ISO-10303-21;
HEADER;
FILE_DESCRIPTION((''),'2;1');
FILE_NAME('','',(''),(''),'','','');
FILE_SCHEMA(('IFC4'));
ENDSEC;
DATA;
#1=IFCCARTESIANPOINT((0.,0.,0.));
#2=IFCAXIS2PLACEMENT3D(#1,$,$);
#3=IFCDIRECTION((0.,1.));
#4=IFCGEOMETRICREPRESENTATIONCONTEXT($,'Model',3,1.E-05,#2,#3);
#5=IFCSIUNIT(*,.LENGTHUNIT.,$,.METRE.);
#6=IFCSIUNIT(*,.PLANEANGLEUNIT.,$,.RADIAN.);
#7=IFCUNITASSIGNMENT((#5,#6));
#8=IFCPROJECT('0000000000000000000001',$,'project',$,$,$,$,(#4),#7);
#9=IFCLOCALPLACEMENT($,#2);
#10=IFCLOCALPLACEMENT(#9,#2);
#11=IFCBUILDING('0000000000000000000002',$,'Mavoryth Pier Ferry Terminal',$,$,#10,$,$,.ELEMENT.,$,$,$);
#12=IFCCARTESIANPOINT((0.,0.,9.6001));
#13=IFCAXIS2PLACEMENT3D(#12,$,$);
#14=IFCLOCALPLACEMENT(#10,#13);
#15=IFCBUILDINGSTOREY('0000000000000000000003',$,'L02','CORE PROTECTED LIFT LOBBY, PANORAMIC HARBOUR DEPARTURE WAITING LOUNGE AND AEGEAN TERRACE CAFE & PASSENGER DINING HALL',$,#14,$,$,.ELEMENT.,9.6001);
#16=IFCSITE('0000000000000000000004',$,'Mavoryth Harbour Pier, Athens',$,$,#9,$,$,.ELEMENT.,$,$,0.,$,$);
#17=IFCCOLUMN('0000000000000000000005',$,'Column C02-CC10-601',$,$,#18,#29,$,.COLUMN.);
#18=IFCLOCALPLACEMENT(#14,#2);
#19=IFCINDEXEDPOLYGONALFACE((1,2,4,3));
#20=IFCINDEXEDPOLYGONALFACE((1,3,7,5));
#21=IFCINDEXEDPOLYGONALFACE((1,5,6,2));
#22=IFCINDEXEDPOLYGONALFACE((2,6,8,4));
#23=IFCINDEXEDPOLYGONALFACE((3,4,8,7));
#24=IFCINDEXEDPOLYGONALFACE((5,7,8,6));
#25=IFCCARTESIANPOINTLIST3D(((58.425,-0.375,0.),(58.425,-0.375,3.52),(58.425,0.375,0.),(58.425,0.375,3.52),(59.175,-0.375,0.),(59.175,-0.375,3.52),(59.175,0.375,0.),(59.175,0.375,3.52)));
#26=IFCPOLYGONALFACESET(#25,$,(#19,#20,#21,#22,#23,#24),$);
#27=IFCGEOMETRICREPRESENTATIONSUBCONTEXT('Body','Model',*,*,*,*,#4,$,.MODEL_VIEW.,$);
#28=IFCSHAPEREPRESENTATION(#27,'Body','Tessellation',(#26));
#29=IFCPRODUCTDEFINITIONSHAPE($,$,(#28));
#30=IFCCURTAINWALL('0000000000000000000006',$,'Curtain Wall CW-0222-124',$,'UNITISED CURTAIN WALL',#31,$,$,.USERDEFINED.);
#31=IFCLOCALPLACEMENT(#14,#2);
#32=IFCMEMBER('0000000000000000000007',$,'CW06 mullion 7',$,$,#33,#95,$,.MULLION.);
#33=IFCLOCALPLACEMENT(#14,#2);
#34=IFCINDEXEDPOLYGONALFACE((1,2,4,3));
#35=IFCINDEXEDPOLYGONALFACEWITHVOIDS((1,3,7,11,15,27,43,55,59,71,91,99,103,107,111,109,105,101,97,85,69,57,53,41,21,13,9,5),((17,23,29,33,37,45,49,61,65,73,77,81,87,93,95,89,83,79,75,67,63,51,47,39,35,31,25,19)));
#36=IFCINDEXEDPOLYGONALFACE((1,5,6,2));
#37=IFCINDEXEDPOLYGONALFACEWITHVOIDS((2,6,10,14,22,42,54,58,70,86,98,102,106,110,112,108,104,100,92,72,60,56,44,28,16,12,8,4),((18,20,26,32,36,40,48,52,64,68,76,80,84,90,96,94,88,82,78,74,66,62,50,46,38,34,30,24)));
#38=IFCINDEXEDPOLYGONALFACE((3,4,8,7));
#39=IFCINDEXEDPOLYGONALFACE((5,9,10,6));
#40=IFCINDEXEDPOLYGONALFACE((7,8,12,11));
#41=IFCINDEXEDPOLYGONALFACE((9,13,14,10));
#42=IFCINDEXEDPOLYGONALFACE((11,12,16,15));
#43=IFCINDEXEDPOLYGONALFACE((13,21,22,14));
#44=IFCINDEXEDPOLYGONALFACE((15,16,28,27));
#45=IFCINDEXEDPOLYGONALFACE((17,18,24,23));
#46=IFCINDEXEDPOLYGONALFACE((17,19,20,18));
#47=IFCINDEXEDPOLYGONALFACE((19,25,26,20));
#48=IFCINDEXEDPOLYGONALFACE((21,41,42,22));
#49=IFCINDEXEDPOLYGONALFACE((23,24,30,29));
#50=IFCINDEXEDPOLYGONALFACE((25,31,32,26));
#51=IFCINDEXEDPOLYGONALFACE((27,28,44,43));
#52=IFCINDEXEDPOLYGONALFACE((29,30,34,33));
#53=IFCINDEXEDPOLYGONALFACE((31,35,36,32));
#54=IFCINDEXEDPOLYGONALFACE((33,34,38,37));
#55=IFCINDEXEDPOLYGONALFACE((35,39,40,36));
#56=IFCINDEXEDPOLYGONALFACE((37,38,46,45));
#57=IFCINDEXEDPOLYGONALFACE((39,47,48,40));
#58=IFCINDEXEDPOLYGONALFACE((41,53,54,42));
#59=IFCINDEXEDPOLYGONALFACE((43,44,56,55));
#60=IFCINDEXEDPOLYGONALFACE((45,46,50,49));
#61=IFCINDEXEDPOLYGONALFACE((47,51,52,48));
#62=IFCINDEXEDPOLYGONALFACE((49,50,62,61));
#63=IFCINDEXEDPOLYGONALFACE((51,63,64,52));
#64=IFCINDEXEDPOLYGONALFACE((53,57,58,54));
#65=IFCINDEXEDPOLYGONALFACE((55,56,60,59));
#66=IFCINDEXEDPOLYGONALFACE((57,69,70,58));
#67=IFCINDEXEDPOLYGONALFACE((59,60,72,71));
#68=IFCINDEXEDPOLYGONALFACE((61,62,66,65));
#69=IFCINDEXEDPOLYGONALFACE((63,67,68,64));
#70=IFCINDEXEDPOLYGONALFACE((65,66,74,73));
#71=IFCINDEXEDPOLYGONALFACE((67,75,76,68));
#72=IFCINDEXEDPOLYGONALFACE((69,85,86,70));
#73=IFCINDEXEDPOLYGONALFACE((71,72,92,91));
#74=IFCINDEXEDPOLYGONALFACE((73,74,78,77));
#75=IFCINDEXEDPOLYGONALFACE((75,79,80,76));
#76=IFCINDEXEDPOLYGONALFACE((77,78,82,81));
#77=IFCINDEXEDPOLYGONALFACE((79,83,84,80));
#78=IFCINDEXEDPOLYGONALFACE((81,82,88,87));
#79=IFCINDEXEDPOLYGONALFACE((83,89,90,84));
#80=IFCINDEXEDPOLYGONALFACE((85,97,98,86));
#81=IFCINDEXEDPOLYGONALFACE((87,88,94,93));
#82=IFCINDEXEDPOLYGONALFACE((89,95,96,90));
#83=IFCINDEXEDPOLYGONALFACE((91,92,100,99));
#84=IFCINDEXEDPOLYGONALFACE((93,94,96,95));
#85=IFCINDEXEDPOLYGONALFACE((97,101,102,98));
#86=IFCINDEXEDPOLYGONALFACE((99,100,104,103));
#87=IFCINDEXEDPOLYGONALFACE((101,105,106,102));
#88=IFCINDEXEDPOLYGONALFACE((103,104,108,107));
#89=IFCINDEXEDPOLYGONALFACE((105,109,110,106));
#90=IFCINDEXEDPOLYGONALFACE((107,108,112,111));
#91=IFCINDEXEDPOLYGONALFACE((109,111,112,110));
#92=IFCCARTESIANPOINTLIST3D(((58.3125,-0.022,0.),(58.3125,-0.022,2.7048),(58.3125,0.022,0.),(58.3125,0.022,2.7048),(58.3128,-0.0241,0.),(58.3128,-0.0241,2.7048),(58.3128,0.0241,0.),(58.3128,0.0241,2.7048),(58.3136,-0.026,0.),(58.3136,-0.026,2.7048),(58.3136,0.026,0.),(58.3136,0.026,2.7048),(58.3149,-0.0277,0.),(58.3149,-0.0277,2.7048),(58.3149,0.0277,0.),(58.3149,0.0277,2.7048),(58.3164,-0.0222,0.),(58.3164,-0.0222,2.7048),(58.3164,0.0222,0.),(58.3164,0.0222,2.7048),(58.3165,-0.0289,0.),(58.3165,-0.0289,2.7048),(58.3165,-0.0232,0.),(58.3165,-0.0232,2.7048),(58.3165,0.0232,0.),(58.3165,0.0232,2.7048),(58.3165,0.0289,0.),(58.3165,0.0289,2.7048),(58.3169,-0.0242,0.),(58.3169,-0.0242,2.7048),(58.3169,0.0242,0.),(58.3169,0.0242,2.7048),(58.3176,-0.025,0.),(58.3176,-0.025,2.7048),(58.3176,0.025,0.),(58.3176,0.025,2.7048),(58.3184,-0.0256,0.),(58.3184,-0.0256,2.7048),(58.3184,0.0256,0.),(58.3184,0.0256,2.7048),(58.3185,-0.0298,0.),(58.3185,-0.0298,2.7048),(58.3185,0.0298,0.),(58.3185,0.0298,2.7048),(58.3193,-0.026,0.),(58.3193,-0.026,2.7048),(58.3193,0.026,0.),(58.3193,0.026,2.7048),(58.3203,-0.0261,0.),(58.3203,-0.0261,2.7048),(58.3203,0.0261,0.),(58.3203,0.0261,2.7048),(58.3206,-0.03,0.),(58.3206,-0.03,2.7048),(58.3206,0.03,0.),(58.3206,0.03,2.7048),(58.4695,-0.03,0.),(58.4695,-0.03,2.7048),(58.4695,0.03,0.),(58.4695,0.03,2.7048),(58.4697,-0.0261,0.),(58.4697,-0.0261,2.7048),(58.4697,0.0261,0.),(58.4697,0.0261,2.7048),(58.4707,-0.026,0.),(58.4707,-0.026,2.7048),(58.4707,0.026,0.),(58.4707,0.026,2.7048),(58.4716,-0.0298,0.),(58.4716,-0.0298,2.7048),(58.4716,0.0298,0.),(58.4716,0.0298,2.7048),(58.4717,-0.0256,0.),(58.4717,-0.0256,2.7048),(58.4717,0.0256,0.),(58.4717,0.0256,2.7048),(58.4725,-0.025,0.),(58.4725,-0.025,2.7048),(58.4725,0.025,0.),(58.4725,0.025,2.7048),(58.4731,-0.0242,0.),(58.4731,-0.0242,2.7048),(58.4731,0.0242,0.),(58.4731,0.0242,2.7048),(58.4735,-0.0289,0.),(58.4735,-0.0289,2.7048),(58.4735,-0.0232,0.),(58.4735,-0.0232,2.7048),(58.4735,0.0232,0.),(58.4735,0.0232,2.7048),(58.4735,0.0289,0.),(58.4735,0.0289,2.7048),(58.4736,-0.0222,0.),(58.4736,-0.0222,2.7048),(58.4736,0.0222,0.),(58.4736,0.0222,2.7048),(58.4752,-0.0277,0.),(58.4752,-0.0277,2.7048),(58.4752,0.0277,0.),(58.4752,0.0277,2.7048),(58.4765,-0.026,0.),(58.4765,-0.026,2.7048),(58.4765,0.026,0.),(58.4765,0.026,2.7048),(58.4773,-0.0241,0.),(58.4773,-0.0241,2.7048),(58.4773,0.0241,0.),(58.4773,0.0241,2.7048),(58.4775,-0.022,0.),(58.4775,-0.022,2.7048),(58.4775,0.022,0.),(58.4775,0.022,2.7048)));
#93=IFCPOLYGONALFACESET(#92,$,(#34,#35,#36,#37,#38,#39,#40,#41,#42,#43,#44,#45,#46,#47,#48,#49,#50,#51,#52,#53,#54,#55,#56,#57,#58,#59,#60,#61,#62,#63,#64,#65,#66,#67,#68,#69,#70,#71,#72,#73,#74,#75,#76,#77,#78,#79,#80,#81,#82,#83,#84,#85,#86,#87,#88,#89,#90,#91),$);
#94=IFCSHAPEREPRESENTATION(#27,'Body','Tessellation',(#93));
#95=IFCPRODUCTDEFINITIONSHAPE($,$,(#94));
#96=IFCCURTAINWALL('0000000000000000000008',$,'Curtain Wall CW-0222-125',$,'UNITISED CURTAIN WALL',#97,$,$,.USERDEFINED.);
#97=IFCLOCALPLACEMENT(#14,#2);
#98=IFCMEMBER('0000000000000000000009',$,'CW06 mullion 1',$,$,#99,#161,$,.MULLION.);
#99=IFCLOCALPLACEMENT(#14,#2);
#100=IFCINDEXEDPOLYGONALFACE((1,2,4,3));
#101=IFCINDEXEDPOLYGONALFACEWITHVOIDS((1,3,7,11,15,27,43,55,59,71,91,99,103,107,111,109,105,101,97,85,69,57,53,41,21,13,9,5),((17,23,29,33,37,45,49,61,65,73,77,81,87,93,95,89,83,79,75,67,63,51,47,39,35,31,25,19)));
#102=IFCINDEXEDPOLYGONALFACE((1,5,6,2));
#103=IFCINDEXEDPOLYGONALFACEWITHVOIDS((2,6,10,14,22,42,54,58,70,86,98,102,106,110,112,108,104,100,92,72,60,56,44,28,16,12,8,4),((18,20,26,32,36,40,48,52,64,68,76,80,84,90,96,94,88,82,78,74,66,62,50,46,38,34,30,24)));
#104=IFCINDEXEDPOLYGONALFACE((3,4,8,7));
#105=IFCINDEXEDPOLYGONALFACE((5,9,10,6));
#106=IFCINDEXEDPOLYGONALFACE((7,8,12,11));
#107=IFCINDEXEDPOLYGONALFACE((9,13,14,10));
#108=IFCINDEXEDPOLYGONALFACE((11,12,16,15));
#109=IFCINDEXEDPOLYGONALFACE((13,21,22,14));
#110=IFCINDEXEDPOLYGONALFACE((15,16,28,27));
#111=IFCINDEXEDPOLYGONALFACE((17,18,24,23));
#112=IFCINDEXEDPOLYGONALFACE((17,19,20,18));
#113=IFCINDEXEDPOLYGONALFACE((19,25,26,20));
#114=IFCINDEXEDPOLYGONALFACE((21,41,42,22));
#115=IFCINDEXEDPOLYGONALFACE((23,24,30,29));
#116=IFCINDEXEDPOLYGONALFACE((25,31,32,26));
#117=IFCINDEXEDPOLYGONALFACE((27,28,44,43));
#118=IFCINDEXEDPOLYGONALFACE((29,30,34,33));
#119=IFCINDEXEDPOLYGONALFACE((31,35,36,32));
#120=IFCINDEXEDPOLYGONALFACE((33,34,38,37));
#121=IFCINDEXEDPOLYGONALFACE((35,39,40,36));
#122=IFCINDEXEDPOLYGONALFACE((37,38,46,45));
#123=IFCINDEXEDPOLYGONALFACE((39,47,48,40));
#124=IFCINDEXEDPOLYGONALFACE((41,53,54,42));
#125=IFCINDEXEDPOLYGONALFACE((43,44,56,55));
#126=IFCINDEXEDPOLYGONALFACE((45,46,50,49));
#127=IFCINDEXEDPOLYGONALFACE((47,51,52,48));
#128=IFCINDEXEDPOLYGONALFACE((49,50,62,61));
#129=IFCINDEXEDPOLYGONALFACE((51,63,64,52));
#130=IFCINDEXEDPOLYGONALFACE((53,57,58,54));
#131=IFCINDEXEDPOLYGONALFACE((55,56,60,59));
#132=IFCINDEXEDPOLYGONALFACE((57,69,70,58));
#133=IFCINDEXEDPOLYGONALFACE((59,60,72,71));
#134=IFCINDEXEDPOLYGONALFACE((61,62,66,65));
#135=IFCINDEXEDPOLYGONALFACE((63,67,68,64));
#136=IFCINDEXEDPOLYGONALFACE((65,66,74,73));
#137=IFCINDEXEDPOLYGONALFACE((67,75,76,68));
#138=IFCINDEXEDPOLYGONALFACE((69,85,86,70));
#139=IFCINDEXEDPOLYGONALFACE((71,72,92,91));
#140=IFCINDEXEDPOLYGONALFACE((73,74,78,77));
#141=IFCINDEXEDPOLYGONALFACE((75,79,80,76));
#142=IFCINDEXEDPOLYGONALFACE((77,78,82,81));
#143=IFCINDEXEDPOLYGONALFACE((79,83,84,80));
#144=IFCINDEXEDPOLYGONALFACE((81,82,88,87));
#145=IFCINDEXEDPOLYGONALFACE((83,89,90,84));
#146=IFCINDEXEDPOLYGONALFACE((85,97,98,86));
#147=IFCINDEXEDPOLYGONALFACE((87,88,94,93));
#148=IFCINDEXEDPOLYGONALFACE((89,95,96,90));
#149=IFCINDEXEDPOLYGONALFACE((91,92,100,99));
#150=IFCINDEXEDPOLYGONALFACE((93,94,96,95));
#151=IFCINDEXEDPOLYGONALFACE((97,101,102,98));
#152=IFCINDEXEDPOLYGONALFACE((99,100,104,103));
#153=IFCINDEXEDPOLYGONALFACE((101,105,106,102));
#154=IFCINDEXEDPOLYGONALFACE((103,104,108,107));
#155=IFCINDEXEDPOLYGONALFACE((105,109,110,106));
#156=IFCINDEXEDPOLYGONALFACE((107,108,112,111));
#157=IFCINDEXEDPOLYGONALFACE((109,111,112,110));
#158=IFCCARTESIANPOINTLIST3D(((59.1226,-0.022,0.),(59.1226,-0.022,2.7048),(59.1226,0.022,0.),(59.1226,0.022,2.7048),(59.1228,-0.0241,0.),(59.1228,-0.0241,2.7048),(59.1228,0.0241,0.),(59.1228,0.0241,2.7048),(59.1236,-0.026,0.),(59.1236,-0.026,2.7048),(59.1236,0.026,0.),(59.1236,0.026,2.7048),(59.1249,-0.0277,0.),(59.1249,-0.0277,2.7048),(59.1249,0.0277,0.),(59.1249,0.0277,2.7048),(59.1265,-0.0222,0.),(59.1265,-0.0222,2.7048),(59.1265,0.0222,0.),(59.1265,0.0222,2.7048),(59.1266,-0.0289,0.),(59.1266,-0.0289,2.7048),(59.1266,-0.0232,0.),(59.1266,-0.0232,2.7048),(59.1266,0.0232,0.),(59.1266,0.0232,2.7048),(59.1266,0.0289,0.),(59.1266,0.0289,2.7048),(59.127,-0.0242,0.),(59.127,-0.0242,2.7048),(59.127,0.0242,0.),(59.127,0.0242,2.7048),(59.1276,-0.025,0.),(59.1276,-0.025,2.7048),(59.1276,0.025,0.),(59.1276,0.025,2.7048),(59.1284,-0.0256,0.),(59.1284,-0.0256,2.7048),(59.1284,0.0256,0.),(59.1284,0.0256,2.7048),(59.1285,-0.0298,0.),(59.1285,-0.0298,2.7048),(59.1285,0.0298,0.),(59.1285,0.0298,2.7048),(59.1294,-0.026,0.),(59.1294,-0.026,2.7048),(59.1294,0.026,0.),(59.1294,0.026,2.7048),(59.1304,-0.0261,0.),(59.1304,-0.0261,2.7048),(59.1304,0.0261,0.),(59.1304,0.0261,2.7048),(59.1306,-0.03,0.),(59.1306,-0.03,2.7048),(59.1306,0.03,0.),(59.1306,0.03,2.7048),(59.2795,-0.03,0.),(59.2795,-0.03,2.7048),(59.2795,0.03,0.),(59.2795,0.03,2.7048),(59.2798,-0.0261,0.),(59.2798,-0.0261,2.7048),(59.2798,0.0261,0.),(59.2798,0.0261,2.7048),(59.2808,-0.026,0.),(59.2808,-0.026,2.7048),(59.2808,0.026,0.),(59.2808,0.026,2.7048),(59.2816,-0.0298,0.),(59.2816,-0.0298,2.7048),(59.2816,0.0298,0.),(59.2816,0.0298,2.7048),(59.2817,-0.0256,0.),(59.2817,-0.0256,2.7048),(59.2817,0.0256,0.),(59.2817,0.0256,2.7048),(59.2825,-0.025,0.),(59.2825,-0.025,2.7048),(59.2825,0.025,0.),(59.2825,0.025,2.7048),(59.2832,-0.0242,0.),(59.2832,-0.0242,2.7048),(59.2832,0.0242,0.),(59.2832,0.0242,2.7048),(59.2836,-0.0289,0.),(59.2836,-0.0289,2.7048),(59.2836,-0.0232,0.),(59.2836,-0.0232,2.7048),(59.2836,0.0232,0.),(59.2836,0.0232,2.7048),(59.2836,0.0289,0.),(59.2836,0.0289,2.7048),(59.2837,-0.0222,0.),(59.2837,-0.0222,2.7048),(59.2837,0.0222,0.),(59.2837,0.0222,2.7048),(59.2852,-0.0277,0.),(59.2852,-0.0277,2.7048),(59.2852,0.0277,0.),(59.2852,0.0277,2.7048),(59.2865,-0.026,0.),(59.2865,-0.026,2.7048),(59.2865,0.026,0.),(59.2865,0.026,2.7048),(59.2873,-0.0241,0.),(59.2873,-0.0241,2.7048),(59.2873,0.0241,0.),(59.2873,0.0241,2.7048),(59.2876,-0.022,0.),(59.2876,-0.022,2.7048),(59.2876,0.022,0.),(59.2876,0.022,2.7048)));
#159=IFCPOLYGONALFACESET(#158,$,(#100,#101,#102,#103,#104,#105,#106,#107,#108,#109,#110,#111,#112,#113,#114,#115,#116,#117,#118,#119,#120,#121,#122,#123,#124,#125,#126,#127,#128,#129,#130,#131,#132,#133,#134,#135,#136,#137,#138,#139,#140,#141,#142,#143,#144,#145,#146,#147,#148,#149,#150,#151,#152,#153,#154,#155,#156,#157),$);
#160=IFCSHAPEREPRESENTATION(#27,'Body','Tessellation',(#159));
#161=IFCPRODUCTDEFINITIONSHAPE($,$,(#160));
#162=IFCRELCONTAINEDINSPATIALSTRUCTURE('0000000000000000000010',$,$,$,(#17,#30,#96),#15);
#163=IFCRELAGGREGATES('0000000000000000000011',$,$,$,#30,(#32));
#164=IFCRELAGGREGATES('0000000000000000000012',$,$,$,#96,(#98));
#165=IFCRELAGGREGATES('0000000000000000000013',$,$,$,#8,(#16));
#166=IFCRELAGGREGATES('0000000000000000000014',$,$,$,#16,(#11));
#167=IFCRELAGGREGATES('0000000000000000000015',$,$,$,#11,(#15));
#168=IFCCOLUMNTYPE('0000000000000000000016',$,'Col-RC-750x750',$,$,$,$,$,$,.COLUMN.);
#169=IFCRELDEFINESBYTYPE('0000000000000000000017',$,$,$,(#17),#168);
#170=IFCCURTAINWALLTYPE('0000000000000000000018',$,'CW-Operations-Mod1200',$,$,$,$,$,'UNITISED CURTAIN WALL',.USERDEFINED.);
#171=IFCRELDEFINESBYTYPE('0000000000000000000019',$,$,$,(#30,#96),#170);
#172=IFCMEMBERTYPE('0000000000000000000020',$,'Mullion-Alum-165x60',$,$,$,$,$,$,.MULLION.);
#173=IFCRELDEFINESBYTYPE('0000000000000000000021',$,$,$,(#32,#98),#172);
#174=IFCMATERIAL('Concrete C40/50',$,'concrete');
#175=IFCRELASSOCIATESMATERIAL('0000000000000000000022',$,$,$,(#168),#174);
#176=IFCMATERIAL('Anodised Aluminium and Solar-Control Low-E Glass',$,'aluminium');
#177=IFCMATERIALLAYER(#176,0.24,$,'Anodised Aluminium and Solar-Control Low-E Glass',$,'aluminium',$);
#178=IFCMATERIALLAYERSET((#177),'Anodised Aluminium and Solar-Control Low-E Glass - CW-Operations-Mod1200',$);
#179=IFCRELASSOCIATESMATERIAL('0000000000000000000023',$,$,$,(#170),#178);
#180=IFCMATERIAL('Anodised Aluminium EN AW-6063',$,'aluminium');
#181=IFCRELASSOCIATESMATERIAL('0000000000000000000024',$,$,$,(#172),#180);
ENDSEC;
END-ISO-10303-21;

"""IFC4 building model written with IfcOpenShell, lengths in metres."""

from ifc_helpers import new_model, si_unit, direction, frame, origin, origin_2d, place, context, subcontext, project, spatial, rectangle, hollow_rectangle, extrude, material, layer, layer_set, material_profile, profile_set, type_object, element, aggregate, save


model = new_model("IFC4")

# Units and contexts
model_context = context("Model", 3, precision=1e-05, world=origin(), true_north=direction((0.0, 1.0)))
body_context = subcontext(model_context, "Body", "Model", "MODEL_VIEW")
ifc_project = project(units=[si_unit("LENGTHUNIT", "METRE"), si_unit("PLANEANGLEUNIT", "RADIAN")], contexts=[model_context])

# Site, building, storey
site_placement = place(None, origin())
site = spatial("IfcSite", under=ifc_project, at=site_placement, Name="Mavoryth Harbour Pier, Athens", CompositionType="ELEMENT", RefElevation=0.0)
building_placement = place(site_placement, origin())
building = spatial("IfcBuilding", under=site, at=building_placement, Name="Mavoryth Pier Ferry Terminal", CompositionType="ELEMENT")
storey_placement = place(building_placement, frame((0.0, 0.0, 9.6001)))
storey = spatial("IfcBuildingStorey", under=building, at=storey_placement, Name="L02", Description="CORE PROTECTED LIFT LOBBY, PANORAMIC HARBOUR DEPARTURE WAITING LOUNGE AND AEGEAN TERRACE CAFE & PASSENGER DINING HALL", CompositionType="ELEMENT", Elevation=9.6001)

# Column
ifc_material_1 = material(Name="Concrete C40/50", Category="concrete")
ifc_material_profile_1 = material_profile(ifc_material_1, rectangle(XDim=0.75, YDim=0.75, at=origin_2d()), Name="RC 750x750", Category="concrete")
ifc_profile_set_1 = profile_set([ifc_material_profile_1], Name="Concrete C40/50 - RC 750x750")
column_type = type_object("IfcColumnType", Name="Col-RC-750x750", PredefinedType="COLUMN", material=ifc_profile_set_1)
column_placement = place(storey_placement, frame((58.8, 0.0, 0.0), z_axis=(0.0, 0.0, 1.0), x_axis=(1.0, 0.0, 0.0)))
element("IfcColumn", 1, at=column_placement, inside=storey, type_object=column_type, Name="Column C02-CC10-601", PredefinedType="COLUMN", context=body_context, shape_type="SweptSolid", body=[
    extrude(rectangle(XDim=0.75, YDim=0.75, at=origin_2d()), origin(), (0.0, 0.0, 1.0), 3.52),
])

# Curtain wall, member
ifc_material_2 = material(Name="Anodised Aluminium and Solar-Control Low-E Glass", Category="aluminium")
ifc_layer_1 = layer(ifc_material_2, 0.24, Name="Anodised Aluminium and Solar-Control Low-E Glass", Category="aluminium")
ifc_layer_set_1 = layer_set([ifc_layer_1], Name="Anodised Aluminium and Solar-Control Low-E Glass - CW-Operations-Mod1200")
curtain_wall_type = type_object("IfcCurtainWallType", Name="CW-Operations-Mod1200", ElementType="UNITISED CURTAIN WALL", PredefinedType="USERDEFINED", material=ifc_layer_set_1)
curtain_wall_1_placement = place(storey_placement, origin())
curtain_wall_1 = element("IfcCurtainWall", 2, at=curtain_wall_1_placement, inside=storey, type_object=curtain_wall_type, Name="Curtain Wall CW-0222-124", ObjectType="UNITISED CURTAIN WALL", PredefinedType="USERDEFINED")
ifc_material_3 = material(Name="Anodised Aluminium EN AW-6063", Category="aluminium")
ifc_material_profile_2 = material_profile(ifc_material_3, hollow_rectangle(XDim=0.0601, YDim=0.165, WallThickness=0.0039, InnerFilletRadius=0.0039, OuterFilletRadius=0.0081, at=origin_2d()), Name="AL-MULL 165x60x4", Category="aluminium")
ifc_profile_set_2 = profile_set([ifc_material_profile_2], Name="Anodised Aluminium EN AW-6063 - AL-MULL 165x60x4")
member_type_1 = type_object("IfcMemberType", Name="Mullion-Alum-165x60", PredefinedType="MULLION", material=ifc_profile_set_2)
member_1_placement = place(storey_placement, frame((58.395, 0.0, 0.0), z_axis=(0.0, 0.0, 1.0), x_axis=(0.0, 1.0, 0.0)))
member_1 = element("IfcMember", 3, at=member_1_placement, type_object=member_type_1, Name="CW06 mullion 7", PredefinedType="MULLION", context=body_context, shape_type="SweptSolid", body=[
    extrude(hollow_rectangle(XDim=0.0601, YDim=0.165, WallThickness=0.0039, InnerFilletRadius=0.0039, OuterFilletRadius=0.0081, at=origin_2d()), origin(), (0.0, 0.0, 1.0), 2.7048),
])

# Curtain wall, member
curtain_wall_2_placement = place(storey_placement, origin())
curtain_wall_2 = element("IfcCurtainWall", 4, at=curtain_wall_2_placement, inside=storey, type_object=curtain_wall_type, Name="Curtain Wall CW-0222-125", ObjectType="UNITISED CURTAIN WALL", PredefinedType="USERDEFINED")
member_2_placement = place(storey_placement, frame((59.2051, 0.0, 0.0), z_axis=(0.0, 0.0, 1.0), x_axis=(0.0, 1.0, 0.0)))
member_2 = element("IfcMember", 5, at=member_2_placement, type_object=member_type_1, Name="CW06 mullion 1", PredefinedType="MULLION", context=body_context, shape_type="SweptSolid", body=[
    extrude(hollow_rectangle(XDim=0.0601, YDim=0.165, WallThickness=0.0039, InnerFilletRadius=0.0039, OuterFilletRadius=0.0081, at=origin_2d()), origin(), (0.0, 0.0, 1.0), 2.7048),
])

aggregate(curtain_wall_1, [member_1])
aggregate(curtain_wall_2, [member_2])

save(model, "model.ifc")
